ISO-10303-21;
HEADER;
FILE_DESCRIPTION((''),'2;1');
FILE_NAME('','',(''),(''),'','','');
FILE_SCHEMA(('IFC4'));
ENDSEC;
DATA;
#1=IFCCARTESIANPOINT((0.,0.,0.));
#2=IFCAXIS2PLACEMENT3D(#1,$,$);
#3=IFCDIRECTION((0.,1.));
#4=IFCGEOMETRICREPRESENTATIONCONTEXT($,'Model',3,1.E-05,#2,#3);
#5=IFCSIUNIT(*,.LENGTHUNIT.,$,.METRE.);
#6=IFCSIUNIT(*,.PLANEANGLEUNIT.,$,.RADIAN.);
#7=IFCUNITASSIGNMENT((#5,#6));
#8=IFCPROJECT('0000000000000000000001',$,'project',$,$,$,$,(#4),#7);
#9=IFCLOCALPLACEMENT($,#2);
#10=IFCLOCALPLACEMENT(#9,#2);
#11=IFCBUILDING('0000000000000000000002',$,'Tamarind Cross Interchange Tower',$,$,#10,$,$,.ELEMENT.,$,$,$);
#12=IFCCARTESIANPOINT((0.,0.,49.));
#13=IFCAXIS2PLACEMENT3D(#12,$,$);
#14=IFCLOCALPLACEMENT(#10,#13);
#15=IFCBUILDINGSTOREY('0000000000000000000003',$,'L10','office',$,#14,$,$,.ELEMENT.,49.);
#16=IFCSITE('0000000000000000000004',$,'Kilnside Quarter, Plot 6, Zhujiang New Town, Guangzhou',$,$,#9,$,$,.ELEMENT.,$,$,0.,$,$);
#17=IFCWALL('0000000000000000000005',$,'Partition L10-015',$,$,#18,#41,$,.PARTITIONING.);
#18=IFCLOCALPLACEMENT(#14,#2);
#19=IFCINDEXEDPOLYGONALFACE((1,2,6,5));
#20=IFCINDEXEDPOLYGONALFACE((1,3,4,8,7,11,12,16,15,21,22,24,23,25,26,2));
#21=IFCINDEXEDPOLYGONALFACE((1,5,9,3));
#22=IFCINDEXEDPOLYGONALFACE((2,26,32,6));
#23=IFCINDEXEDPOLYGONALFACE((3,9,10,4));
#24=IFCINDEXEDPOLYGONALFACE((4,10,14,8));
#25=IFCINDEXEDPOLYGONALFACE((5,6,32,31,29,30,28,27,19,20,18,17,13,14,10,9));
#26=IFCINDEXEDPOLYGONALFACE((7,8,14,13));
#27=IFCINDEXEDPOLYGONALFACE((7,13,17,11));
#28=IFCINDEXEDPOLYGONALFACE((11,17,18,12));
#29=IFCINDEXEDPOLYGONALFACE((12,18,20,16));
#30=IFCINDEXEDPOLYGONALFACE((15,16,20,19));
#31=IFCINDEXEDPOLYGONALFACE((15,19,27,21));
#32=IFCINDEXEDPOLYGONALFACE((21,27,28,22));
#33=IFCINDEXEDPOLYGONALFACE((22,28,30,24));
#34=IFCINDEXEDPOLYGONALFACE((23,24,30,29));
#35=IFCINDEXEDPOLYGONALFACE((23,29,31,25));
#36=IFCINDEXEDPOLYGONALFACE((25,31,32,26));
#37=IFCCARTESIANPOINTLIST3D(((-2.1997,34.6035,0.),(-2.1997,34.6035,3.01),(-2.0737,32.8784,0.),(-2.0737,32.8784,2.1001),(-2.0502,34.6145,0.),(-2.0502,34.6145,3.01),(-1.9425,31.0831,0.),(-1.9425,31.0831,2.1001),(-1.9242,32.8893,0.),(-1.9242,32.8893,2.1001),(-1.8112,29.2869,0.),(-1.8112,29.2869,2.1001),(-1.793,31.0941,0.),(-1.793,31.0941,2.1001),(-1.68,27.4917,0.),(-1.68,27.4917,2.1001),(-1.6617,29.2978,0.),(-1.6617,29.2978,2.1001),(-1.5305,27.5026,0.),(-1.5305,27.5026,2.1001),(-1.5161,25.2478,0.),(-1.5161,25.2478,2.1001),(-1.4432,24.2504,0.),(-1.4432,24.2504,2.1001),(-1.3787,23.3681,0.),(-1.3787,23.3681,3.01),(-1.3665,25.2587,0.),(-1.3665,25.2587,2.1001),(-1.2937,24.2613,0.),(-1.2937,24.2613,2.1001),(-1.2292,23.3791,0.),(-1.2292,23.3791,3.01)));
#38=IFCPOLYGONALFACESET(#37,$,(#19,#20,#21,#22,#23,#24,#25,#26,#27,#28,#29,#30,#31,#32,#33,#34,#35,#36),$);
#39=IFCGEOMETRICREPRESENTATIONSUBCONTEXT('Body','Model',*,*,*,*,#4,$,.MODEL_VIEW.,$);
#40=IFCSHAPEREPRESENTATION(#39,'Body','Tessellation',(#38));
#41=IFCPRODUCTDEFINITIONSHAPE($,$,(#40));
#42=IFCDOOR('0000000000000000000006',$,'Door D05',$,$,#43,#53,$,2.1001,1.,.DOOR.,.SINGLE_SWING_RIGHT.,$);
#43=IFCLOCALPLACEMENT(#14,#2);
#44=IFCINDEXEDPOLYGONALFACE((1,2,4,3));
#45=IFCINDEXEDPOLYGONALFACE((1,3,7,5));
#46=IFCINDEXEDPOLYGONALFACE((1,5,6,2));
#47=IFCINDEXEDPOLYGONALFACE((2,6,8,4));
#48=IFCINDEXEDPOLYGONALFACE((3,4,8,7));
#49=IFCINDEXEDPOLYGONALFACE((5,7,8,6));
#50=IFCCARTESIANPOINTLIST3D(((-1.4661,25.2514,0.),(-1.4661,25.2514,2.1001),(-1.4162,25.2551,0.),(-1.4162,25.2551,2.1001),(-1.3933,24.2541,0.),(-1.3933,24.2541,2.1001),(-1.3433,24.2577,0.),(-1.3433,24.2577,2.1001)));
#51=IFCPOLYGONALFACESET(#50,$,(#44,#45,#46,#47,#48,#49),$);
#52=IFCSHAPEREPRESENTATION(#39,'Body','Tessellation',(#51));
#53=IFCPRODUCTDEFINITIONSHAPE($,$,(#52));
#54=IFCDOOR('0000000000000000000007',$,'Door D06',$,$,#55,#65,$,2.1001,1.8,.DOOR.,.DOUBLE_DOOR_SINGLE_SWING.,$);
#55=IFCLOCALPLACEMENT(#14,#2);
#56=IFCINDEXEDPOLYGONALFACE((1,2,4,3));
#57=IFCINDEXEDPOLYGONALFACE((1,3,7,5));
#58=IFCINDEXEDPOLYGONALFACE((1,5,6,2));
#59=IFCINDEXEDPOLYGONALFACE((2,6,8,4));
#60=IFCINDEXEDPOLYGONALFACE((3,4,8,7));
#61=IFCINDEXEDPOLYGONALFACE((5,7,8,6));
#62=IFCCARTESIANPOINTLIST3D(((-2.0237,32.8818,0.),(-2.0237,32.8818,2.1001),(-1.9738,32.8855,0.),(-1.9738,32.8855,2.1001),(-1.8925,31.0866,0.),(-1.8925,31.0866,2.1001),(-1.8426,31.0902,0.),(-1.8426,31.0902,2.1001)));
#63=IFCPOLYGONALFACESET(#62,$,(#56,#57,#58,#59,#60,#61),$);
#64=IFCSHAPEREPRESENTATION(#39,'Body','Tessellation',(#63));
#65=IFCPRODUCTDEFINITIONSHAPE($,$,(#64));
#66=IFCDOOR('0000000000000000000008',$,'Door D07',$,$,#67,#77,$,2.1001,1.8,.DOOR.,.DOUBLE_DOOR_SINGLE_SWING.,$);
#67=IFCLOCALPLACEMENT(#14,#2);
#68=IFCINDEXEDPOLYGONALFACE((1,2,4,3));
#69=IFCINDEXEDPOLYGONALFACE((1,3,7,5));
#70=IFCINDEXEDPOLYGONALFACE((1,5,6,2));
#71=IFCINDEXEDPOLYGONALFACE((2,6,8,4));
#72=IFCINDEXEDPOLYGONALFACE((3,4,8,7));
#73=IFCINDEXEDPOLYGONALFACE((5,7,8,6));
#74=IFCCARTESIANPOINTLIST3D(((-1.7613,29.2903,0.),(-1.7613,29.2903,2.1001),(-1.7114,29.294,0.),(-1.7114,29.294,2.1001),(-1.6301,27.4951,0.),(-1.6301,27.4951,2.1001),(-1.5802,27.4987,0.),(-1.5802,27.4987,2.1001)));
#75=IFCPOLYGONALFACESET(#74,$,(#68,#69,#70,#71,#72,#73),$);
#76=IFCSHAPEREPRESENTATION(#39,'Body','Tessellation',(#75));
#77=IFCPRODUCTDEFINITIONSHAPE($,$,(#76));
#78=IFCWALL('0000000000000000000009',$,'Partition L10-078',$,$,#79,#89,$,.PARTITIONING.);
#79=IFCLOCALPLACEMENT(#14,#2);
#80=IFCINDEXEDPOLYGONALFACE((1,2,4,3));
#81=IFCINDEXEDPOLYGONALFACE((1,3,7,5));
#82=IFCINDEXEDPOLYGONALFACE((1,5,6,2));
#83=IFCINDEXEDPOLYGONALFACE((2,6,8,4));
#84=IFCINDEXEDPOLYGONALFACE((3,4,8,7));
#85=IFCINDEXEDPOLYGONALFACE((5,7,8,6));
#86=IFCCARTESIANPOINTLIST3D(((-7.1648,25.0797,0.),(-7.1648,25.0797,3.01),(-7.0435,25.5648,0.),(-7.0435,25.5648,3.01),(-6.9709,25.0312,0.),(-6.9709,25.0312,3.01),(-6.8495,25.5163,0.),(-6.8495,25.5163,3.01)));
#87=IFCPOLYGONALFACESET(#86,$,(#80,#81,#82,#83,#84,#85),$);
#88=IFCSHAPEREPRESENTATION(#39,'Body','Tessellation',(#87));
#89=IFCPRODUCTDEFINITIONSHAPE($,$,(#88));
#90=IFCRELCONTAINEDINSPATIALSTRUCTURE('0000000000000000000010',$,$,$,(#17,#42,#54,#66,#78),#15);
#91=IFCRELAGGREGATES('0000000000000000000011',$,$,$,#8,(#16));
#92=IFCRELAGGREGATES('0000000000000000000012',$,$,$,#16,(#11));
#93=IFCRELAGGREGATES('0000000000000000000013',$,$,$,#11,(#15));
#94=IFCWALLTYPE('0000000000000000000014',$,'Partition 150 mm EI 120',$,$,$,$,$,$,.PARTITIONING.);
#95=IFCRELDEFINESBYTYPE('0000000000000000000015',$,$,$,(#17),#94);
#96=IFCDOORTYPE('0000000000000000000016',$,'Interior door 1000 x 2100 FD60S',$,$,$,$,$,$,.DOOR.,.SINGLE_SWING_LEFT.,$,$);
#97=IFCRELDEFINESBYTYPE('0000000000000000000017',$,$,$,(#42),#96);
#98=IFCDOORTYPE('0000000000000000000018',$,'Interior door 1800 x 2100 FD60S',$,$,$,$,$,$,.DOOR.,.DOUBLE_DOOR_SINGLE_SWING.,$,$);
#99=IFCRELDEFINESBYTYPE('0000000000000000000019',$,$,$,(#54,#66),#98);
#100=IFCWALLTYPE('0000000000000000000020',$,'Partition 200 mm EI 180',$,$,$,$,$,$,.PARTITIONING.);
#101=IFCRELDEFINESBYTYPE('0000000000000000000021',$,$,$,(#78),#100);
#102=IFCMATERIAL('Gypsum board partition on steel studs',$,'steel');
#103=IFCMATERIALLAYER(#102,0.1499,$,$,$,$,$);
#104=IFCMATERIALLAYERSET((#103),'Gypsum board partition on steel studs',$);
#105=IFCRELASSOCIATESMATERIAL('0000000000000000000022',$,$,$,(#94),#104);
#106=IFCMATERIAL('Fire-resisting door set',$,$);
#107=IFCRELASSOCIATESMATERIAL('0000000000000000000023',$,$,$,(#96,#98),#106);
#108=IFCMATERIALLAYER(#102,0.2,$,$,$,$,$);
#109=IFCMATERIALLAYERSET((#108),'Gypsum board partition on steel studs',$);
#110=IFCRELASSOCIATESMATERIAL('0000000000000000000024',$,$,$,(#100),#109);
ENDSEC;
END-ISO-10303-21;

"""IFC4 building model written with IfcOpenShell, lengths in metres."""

from ifc_helpers import new_model, si_unit, direction, frame, frame_2d, origin, place, context, subcontext, project, spatial, rectangle, extrude, material, layer, layer_set, type_object, element, fill, save


model = new_model("IFC4")

# Units and contexts
model_context = context("Model", 3, precision=1e-05, world=origin(), true_north=direction((0.0, 1.0)))
body_context = subcontext(model_context, "Body", "Model", "MODEL_VIEW")
ifc_project = project(units=[si_unit("LENGTHUNIT", "METRE"), si_unit("PLANEANGLEUNIT", "RADIAN")], contexts=[model_context])

# Site, building, storey
site_placement = place(None, origin())
site = spatial("IfcSite", under=ifc_project, at=site_placement, Name="Kilnside Quarter, Plot 6, Zhujiang New Town, Guangzhou", CompositionType="ELEMENT", RefElevation=0.0)
building_placement = place(site_placement, origin())
building = spatial("IfcBuilding", under=site, at=building_placement, Name="Tamarind Cross Interchange Tower", CompositionType="ELEMENT")
storey_placement = place(building_placement, frame((0.0, 0.0, 49.0)))
storey = spatial("IfcBuildingStorey", under=building, at=storey_placement, Name="L10", Description="office", CompositionType="ELEMENT", Elevation=49.0)

# Shared definitions
ifc_material_1 = material(Name="Gypsum board partition on steel studs", Category="steel")
ifc_layer_1 = layer(ifc_material_1, 0.1499)
ifc_layer_set_1 = layer_set([ifc_layer_1], Name="Gypsum board partition on steel studs")
wall_type_1 = type_object("IfcWallType", Name="Partition 150 mm EI 120", PredefinedType="PARTITIONING", material=ifc_layer_set_1)

# Wall, openings, doors
wall_1_placement = place(storey_placement, frame((-2.125, 34.6091, 0.0), z_axis=(0.0, 0.0, 1.0), x_axis=(0.072883, -0.997341, 0.0)))
wall_1 = element("IfcWall", 1, at=wall_1_placement, inside=storey, type_object=wall_type_1, Name="Partition L10-015", PredefinedType="PARTITIONING", context=body_context, shape_type="SweptSolid", body=[
    extrude(rectangle(XDim=11.2654, YDim=0.1499, at=frame_2d((5.6328, 0.0))), origin(), (0.0, 0.0, 1.0), 3.01),
])
opening_1_placement = place(wall_1_placement, frame((9.3809, 0.0, 0.0)))
opening_1 = element("IfcOpeningElement", 2, at=opening_1_placement, cuts=wall_1, PredefinedType="OPENING", context=body_context, shape_type="SweptSolid", body=[
    extrude(rectangle(XDim=1.0, YDim=2.1001, at=frame_2d((0.5, 1.05))), frame((0.0, 0.085, 0.0), z_axis=(0.0, -1.0, 0.0), x_axis=(1.0, 0.0, 0.0)), (0.0, 0.0, 1.0), 0.1699),
])
opening_2_placement = place(wall_1_placement, frame((1.73, 0.0, 0.0)))
opening_2 = element("IfcOpeningElement", 3, at=opening_2_placement, cuts=wall_1, PredefinedType="OPENING", context=body_context, shape_type="SweptSolid", body=[
    extrude(rectangle(XDim=1.8, YDim=2.1001, at=frame_2d((0.8999, 1.05))), frame((0.0, 0.085, 0.0), z_axis=(0.0, -1.0, 0.0), x_axis=(1.0, 0.0, 0.0)), (0.0, 0.0, 1.0), 0.1699),
])
opening_3_placement = place(wall_1_placement, frame((5.3311, 0.0, 0.0)))
opening_3 = element("IfcOpeningElement", 4, at=opening_3_placement, cuts=wall_1, PredefinedType="OPENING", context=body_context, shape_type="SweptSolid", body=[
    extrude(rectangle(XDim=1.8, YDim=2.1001, at=frame_2d((0.8999, 1.05))), frame((0.0, 0.085, 0.0), z_axis=(0.0, -1.0, 0.0), x_axis=(1.0, 0.0, 0.0)), (0.0, 0.0, 1.0), 0.1699),
])
ifc_material_2 = material(Name="Fire-resisting door set")
door_type_1 = type_object("IfcDoorType", Name="Interior door 1000 x 2100 FD60S", OperationType="SINGLE_SWING_LEFT", PredefinedType="DOOR", material=ifc_material_2)
door_1_placement = place(opening_1_placement, frame((1.0, 0.0, 0.0), z_axis=(0.0, 0.0, 1.0), x_axis=(-1.0, 0.0, 0.0)))
door_1 = element("IfcDoor", 5, at=door_1_placement, inside=storey, type_object=door_type_1, Name="Door D05", OperationType="SINGLE_SWING_RIGHT", OverallHeight=2.1001, OverallWidth=1.0, PredefinedType="DOOR", context=body_context, shape_type="SweptSolid", body=[
    extrude(rectangle(XDim=1.0, YDim=2.1001, at=frame_2d((0.5, 1.05))), frame((0.0, 0.0249, 0.0), z_axis=(0.0, -1.0, 0.0), x_axis=(1.0, 0.0, 0.0)), (0.0, 0.0, 1.0), 0.05),
])
fill(opening_1, door_1)
door_type_2 = type_object("IfcDoorType", Name="Interior door 1800 x 2100 FD60S", OperationType="DOUBLE_DOOR_SINGLE_SWING", PredefinedType="DOOR", material=ifc_material_2)
door_2_placement = place(opening_2_placement, frame((1.8, 0.0, 0.0), z_axis=(0.0, 0.0, 1.0), x_axis=(-1.0, 0.0, 0.0)))
door_2 = element("IfcDoor", 6, at=door_2_placement, inside=storey, type_object=door_type_2, Name="Door D06", OperationType="DOUBLE_DOOR_SINGLE_SWING", OverallHeight=2.1001, OverallWidth=1.8, PredefinedType="DOOR", context=body_context, shape_type="SweptSolid", body=[
    extrude(rectangle(XDim=1.8, YDim=2.1001, at=frame_2d((0.8999, 1.05))), frame((0.0, 0.0249, 0.0), z_axis=(0.0, -1.0, 0.0), x_axis=(1.0, 0.0, 0.0)), (0.0, 0.0, 1.0), 0.05),
])
fill(opening_2, door_2)
door_3_placement = place(opening_3_placement, frame((1.8, 0.0, 0.0), z_axis=(0.0, 0.0, 1.0), x_axis=(-1.0, 0.0, 0.0)))
door_3 = element("IfcDoor", 7, at=door_3_placement, inside=storey, type_object=door_type_2, Name="Door D07", OperationType="DOUBLE_DOOR_SINGLE_SWING", OverallHeight=2.1001, OverallWidth=1.8, PredefinedType="DOOR", context=body_context, shape_type="SweptSolid", body=[
    extrude(rectangle(XDim=1.8, YDim=2.1001, at=frame_2d((0.8999, 1.05))), frame((0.0, 0.0249, 0.0), z_axis=(0.0, -1.0, 0.0), x_axis=(1.0, 0.0, 0.0)), (0.0, 0.0, 1.0), 0.05),
])
fill(opening_3, door_3)

# Wall
ifc_layer_2 = layer(ifc_material_1, 0.2)
ifc_layer_set_2 = layer_set([ifc_layer_2], Name="Gypsum board partition on steel studs")
wall_type_2 = type_object("IfcWallType", Name="Partition 200 mm EI 180", PredefinedType="PARTITIONING", material=ifc_layer_set_2)
wall_2_placement = place(storey_placement, frame((-6.9465, 25.5405, 0.0), z_axis=(0.0, 0.0, 1.0), x_axis=(-0.242651, -0.970114, 0.0)))
element("IfcWall", 8, at=wall_2_placement, inside=storey, type_object=wall_type_2, Name="Partition L10-078", PredefinedType="PARTITIONING", context=body_context, shape_type="SweptSolid", body=[
    extrude(rectangle(XDim=0.5, YDim=0.2, at=frame_2d((0.25, 0.0))), origin(), (0.0, 0.0, 1.0), 3.01),
])

save(model, "model.ifc")
